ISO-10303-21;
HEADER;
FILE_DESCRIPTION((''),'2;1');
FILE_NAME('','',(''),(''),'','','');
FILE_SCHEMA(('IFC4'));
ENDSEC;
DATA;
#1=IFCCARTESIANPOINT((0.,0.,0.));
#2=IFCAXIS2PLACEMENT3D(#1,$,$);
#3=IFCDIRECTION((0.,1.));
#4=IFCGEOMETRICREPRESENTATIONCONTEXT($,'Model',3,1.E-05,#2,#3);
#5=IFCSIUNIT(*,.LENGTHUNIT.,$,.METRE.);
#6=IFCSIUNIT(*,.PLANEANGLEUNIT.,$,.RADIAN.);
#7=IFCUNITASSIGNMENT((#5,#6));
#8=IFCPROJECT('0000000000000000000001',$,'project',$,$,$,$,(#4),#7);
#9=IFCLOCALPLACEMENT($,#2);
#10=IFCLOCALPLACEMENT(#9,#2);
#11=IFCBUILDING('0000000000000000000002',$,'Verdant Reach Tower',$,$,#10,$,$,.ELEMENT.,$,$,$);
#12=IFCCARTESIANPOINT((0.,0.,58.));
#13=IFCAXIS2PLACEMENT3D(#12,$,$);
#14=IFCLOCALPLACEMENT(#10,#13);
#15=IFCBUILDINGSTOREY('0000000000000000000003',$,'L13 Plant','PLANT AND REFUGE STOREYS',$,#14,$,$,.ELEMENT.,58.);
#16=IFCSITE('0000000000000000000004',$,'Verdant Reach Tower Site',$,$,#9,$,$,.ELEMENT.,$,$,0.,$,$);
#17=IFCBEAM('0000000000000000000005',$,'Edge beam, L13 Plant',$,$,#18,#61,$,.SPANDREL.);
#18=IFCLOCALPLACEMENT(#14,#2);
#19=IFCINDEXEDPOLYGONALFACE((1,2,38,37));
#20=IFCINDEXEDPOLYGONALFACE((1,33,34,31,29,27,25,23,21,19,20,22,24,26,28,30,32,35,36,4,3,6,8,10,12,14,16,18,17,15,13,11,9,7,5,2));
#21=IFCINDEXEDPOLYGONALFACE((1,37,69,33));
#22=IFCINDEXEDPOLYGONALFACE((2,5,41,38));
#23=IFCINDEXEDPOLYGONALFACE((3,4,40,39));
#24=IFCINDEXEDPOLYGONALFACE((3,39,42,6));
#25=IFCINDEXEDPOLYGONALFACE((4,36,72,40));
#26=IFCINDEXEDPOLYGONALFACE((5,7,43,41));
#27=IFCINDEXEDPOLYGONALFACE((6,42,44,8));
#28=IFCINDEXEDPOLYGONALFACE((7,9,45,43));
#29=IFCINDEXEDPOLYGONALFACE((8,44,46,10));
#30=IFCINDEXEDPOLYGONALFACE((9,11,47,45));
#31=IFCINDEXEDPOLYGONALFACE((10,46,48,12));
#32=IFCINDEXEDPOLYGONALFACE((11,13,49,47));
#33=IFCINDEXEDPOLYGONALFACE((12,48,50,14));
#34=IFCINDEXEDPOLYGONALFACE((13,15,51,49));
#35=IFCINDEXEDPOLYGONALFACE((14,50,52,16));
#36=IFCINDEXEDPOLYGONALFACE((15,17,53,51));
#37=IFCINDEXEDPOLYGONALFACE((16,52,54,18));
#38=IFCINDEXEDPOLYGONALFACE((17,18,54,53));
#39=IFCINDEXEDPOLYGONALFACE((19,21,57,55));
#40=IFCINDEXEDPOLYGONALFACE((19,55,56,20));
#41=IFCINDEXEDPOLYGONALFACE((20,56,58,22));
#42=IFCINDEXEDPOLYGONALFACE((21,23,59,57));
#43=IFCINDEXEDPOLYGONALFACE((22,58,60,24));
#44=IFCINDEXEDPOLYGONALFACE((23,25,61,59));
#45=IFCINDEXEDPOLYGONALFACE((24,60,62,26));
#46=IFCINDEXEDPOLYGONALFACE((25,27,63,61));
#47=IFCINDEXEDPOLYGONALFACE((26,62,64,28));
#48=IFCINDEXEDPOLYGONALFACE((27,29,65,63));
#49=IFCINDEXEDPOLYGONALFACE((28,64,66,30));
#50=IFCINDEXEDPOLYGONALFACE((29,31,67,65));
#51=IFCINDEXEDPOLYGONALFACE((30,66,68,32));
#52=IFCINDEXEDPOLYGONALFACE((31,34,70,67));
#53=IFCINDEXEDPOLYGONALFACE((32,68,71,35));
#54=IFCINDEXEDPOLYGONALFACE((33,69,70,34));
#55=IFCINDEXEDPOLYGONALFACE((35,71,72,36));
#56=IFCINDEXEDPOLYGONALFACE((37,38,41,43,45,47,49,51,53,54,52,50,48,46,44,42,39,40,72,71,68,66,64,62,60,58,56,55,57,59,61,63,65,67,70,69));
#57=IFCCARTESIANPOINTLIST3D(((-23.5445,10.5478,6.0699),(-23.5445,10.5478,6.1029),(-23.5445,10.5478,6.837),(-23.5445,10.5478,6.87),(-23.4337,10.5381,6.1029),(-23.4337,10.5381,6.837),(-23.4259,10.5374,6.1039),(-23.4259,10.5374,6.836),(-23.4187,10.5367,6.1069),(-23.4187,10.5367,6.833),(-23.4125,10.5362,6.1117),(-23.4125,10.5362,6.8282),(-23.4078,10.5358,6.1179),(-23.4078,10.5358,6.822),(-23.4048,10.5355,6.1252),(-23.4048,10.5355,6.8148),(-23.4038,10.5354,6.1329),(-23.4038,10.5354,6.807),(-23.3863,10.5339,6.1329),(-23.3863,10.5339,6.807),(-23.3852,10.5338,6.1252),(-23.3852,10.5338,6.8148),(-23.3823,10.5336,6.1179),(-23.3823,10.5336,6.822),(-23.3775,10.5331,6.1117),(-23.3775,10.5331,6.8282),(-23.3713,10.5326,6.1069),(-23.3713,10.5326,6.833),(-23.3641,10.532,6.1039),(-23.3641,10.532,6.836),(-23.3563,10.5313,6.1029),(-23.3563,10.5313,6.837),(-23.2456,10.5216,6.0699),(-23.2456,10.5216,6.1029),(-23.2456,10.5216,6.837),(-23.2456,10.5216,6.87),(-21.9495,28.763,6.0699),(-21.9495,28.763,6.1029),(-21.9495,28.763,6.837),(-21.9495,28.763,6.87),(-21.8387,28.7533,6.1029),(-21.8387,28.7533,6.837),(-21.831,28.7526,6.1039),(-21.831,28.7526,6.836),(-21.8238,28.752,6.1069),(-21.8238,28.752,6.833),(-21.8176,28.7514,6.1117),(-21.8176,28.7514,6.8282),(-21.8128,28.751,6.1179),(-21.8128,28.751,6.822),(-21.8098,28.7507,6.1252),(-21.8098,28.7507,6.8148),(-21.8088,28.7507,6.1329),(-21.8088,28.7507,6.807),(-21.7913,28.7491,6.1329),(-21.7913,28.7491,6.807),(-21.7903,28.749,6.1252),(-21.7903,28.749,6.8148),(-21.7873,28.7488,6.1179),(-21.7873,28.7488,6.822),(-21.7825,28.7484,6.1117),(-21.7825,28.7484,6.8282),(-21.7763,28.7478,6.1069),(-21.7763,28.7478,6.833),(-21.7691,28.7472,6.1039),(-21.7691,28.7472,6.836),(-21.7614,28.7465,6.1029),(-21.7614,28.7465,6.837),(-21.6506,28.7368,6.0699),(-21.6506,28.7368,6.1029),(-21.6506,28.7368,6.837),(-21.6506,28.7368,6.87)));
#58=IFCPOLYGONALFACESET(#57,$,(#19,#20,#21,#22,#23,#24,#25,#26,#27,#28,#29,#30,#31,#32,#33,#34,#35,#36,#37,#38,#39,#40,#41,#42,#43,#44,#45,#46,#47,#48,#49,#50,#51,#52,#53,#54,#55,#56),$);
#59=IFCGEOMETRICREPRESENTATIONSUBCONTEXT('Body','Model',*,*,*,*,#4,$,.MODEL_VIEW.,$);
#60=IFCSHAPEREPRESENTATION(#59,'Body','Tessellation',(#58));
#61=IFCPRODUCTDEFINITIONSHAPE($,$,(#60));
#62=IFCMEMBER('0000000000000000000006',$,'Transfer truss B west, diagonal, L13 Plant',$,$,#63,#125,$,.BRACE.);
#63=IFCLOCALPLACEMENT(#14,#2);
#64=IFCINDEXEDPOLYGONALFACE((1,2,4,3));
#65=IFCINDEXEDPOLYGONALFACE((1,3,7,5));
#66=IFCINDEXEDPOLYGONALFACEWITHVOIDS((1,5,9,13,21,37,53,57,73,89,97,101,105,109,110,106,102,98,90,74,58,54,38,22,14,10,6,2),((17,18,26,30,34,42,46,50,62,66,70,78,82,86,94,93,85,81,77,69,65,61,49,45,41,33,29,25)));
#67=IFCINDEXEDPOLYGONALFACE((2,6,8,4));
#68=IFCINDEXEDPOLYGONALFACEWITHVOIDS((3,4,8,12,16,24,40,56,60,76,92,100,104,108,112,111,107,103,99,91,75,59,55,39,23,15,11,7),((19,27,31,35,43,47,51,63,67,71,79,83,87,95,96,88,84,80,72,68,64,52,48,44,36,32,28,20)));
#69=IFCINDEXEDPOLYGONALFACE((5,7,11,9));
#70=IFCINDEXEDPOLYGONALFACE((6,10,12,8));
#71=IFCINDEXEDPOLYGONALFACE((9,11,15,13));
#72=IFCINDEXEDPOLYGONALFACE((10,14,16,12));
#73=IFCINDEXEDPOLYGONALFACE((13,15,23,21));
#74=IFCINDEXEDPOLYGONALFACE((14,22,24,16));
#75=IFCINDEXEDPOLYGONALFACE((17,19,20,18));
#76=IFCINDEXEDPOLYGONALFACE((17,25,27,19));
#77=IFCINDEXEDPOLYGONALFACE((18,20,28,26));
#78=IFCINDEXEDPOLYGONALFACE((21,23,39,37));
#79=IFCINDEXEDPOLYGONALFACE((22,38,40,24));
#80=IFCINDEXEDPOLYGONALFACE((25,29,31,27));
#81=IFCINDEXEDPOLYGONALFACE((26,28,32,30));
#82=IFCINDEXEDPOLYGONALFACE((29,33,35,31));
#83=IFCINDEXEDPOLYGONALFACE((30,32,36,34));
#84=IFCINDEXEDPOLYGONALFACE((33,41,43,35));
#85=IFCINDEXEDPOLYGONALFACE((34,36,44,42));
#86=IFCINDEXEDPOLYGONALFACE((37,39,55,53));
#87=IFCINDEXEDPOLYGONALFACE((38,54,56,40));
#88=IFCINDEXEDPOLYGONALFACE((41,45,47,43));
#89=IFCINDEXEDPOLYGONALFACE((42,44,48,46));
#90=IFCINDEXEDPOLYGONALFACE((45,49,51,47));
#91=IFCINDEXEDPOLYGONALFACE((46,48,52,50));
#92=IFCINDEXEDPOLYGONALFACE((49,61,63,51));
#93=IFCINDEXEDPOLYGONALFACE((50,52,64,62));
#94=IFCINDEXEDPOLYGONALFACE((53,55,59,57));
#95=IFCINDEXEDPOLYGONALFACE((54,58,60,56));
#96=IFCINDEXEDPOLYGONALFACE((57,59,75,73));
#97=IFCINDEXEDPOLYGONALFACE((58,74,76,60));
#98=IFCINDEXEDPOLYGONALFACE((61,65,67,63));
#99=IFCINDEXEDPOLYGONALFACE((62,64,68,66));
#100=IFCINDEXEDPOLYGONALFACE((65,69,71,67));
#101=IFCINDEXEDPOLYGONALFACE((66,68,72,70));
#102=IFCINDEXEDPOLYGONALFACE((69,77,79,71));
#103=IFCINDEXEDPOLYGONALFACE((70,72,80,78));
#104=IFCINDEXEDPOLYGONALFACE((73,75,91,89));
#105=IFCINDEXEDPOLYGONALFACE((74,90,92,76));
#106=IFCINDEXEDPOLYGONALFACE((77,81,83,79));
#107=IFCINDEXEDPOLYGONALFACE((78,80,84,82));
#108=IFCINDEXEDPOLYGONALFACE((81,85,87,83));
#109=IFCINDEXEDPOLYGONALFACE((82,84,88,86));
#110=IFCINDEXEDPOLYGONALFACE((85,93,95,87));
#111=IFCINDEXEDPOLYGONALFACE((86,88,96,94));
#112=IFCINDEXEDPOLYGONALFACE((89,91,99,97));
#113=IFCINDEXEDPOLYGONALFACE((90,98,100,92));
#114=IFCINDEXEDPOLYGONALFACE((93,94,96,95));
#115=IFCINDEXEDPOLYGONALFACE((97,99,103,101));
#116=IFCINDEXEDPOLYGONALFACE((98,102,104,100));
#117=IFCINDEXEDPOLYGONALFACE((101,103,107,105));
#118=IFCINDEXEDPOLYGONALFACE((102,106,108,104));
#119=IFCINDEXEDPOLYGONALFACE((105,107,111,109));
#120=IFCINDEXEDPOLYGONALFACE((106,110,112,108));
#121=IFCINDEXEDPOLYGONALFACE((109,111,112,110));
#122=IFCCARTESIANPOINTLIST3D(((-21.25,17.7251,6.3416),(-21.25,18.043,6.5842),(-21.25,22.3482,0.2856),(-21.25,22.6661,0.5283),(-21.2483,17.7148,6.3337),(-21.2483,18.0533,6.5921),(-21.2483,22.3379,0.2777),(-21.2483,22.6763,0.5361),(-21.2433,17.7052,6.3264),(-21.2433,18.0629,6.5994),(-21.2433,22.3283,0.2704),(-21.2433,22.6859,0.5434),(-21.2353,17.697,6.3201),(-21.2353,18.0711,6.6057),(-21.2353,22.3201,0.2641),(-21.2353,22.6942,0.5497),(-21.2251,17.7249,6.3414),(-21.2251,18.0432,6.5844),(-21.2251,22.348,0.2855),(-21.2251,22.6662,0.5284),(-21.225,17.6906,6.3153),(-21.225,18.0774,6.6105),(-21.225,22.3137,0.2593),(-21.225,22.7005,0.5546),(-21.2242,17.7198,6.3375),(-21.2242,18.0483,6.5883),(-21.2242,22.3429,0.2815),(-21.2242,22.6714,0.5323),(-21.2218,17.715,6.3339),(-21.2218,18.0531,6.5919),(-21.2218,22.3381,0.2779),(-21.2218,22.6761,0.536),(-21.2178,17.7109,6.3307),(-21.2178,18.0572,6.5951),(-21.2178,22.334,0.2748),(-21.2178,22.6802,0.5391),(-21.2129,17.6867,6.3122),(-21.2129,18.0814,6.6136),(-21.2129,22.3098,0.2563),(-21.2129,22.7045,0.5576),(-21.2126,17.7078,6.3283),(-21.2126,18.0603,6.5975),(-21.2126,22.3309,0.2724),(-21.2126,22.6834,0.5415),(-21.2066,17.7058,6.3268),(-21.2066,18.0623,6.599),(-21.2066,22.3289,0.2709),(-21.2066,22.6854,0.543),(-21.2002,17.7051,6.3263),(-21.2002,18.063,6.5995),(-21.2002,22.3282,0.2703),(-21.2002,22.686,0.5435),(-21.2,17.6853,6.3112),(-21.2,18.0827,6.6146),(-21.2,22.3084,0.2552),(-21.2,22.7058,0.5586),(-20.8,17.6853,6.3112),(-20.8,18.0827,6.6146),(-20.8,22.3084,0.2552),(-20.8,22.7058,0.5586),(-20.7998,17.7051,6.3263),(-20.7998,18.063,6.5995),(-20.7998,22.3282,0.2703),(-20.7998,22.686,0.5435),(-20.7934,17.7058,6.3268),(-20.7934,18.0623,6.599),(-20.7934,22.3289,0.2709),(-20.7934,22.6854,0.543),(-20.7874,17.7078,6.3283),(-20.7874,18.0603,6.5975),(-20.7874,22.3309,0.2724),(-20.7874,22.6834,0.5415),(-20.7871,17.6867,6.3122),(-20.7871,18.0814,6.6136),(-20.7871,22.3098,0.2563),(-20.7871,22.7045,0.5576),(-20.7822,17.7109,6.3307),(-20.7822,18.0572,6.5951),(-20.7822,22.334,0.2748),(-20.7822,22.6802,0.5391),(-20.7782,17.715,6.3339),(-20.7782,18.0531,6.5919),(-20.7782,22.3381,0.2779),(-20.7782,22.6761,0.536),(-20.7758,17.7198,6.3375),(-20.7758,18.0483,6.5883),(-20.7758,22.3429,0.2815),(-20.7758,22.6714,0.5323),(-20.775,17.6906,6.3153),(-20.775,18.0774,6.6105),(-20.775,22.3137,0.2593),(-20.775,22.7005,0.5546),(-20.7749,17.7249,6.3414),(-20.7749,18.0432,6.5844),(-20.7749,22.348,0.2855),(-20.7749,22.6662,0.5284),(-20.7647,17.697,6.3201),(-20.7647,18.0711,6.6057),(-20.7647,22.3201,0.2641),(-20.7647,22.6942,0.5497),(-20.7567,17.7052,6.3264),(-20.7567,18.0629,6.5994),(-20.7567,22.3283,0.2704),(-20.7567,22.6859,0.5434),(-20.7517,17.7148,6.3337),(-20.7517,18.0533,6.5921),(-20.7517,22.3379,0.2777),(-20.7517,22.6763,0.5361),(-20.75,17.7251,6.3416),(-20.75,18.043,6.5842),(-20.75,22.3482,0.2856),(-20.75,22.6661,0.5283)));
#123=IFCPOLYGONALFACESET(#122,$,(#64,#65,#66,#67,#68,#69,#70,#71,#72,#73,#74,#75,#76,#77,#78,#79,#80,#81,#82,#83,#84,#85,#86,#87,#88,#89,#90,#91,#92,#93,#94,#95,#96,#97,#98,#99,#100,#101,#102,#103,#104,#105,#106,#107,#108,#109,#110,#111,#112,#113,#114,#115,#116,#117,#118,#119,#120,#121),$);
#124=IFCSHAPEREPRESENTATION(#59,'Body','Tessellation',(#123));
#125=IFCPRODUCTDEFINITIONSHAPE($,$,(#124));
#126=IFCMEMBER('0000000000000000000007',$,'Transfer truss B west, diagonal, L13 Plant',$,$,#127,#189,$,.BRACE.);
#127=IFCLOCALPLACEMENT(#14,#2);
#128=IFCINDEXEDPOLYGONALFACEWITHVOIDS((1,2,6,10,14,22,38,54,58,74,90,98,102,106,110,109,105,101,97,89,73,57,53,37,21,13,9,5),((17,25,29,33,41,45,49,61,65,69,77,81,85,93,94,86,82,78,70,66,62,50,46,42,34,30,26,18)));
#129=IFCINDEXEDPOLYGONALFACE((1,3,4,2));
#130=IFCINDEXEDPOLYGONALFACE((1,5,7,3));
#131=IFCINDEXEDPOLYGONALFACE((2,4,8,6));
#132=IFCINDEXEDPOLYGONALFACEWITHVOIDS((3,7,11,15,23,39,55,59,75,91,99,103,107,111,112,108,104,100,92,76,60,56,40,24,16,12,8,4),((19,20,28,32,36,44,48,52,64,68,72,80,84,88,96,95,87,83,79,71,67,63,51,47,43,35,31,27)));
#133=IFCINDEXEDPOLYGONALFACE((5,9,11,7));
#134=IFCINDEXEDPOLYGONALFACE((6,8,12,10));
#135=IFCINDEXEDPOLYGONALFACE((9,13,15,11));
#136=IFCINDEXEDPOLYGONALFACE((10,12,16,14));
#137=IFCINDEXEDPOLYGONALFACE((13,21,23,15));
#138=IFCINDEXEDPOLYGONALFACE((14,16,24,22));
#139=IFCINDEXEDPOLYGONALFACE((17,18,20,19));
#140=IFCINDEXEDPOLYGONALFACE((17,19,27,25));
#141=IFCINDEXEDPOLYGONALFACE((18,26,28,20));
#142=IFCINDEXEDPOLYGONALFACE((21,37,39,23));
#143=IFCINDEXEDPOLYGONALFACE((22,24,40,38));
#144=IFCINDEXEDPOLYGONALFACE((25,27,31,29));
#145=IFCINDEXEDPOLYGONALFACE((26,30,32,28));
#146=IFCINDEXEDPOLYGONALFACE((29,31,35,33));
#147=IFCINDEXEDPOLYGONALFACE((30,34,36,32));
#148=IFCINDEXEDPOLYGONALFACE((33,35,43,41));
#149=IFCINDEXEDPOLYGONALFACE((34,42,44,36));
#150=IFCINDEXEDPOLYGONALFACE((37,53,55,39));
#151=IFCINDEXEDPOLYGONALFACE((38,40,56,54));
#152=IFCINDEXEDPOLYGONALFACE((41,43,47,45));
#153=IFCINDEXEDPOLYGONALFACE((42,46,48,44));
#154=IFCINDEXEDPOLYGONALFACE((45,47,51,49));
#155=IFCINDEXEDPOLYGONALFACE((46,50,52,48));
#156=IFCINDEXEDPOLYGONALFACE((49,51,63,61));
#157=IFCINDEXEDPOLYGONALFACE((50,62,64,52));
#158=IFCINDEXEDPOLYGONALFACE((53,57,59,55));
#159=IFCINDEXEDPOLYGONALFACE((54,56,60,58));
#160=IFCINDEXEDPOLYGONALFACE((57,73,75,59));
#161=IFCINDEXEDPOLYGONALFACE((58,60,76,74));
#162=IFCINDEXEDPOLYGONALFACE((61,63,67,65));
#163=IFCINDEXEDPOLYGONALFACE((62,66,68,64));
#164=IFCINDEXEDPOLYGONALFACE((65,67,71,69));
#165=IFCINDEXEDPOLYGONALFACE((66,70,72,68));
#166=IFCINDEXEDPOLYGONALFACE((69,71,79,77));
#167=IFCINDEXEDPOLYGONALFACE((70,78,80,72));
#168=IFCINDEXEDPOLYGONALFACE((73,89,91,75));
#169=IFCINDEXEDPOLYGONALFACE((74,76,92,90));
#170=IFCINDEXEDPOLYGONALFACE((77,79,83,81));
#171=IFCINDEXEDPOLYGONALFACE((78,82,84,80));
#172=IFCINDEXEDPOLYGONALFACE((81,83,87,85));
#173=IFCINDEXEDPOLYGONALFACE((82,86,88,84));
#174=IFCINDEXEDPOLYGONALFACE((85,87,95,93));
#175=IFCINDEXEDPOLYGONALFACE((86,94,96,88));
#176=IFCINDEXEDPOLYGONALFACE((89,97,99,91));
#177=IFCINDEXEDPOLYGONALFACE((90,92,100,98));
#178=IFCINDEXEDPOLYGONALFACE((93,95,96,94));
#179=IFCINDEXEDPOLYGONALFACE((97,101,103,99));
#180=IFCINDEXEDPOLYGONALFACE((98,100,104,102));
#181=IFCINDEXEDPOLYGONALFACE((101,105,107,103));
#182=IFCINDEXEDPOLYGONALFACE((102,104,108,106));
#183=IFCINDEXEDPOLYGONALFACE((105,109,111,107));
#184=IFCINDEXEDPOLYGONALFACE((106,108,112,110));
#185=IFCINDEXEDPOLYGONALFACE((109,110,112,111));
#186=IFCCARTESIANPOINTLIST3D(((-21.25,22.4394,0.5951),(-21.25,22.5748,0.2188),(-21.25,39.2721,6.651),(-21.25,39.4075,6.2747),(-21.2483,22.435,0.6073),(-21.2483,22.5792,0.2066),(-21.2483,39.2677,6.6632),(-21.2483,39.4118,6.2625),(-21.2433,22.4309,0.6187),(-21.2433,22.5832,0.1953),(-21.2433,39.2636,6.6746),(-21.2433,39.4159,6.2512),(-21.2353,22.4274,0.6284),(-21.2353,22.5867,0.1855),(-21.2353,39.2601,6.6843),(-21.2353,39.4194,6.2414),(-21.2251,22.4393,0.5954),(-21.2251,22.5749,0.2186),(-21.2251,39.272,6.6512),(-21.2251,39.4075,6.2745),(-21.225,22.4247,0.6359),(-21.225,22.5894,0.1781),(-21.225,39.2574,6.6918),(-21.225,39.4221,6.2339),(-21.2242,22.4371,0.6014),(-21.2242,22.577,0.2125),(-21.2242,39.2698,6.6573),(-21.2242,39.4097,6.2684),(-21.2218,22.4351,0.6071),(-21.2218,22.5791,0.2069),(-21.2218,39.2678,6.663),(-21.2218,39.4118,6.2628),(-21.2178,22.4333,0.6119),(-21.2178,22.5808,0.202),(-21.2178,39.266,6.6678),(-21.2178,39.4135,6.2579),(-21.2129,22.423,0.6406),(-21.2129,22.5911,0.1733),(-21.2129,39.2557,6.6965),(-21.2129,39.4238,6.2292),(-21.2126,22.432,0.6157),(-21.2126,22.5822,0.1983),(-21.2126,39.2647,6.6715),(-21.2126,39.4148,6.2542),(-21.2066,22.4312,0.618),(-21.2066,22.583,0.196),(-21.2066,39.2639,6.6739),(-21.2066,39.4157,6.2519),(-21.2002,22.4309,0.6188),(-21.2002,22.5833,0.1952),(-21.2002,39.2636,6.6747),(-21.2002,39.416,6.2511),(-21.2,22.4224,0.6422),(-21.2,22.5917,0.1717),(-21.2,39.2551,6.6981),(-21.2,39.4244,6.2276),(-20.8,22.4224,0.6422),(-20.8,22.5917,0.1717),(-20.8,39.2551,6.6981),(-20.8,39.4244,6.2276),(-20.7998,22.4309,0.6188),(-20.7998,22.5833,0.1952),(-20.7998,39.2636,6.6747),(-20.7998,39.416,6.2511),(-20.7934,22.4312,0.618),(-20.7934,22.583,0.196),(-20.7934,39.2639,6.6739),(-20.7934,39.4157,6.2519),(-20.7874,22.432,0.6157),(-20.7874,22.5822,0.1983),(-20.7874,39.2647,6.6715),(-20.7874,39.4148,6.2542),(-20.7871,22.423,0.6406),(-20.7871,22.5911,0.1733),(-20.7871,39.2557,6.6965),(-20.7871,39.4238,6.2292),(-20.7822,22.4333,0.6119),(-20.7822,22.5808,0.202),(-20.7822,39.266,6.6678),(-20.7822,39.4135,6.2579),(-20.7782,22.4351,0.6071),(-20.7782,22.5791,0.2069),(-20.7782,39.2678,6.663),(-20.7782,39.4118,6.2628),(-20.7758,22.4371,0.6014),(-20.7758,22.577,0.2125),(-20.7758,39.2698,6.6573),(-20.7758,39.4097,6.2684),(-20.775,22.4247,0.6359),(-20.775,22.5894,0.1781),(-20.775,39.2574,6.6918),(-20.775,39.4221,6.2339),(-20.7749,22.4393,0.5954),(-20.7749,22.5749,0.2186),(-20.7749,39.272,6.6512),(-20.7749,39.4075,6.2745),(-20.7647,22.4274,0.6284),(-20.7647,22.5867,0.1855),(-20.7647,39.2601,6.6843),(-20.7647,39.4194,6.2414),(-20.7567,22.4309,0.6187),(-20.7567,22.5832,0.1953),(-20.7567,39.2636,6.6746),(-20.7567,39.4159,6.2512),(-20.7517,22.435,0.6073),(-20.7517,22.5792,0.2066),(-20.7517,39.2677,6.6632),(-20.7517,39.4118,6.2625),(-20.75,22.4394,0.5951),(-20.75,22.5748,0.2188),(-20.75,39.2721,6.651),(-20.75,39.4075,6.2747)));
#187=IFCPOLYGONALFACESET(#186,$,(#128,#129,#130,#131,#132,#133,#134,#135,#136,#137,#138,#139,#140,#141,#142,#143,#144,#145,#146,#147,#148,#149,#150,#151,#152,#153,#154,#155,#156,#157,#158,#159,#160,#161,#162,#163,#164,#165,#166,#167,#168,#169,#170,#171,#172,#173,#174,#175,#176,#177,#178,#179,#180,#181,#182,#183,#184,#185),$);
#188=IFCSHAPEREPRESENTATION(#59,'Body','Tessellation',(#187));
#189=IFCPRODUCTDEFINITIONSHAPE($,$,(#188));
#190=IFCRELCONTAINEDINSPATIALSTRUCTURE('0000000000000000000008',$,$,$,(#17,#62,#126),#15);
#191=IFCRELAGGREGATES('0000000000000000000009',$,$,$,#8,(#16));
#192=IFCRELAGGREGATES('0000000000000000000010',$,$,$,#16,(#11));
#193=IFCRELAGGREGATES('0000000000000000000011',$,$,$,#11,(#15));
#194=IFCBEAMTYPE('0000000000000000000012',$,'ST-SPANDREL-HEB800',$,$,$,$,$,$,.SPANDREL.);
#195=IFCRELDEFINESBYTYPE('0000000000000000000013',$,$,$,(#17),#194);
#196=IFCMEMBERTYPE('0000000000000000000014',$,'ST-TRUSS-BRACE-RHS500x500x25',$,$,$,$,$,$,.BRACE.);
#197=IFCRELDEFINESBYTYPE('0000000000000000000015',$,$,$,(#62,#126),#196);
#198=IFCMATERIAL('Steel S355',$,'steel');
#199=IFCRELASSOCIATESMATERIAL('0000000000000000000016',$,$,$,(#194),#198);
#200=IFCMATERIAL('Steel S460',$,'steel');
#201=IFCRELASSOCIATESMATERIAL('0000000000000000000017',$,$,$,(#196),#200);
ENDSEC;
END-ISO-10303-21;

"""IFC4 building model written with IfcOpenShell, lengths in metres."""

from ifc_helpers import new_model, si_unit, direction, frame, origin, origin_2d, place, context, subcontext, project, spatial, hollow_rectangle, i_section, extrude, material, material_profile, profile_set, type_object, element, save


model = new_model("IFC4")

# Units and contexts
model_context = context("Model", 3, precision=1e-05, world=origin(), true_north=direction((0.0, 1.0)))
body_context = subcontext(model_context, "Body", "Model", "MODEL_VIEW")
ifc_project = project(units=[si_unit("LENGTHUNIT", "METRE"), si_unit("PLANEANGLEUNIT", "RADIAN")], contexts=[model_context])

# Site, building, storey
site_placement = place(None, origin())
site = spatial("IfcSite", under=ifc_project, at=site_placement, Name="Verdant Reach Tower Site", CompositionType="ELEMENT", RefElevation=0.0)
building_placement = place(site_placement, origin())
building = spatial("IfcBuilding", under=site, at=building_placement, Name="Verdant Reach Tower", CompositionType="ELEMENT")
storey_placement = place(building_placement, frame((0.0, 0.0, 58.0)))
storey = spatial("IfcBuildingStorey", under=building, at=storey_placement, Name="L13 Plant", Description="PLANT AND REFUGE STOREYS", CompositionType="ELEMENT", Elevation=58.0)

# Shared definitions
ifc_material_1 = material(Name="Steel S460", Category="steel")

# Beam
ifc_material_2 = material(Name="Steel S355", Category="steel")
ifc_material_profile_1 = material_profile(ifc_material_2, i_section(OverallWidth=0.3, OverallDepth=0.8, WebThickness=0.0176, FlangeThickness=0.033, FilletRadius=0.03, at=origin_2d()), Name="HEB 800")
ifc_profile_set_1 = profile_set([ifc_material_profile_1], Name="Steel S355")
beam_type_1 = type_object("IfcBeamType", Name="ST-SPANDREL-HEB800", PredefinedType="SPANDREL", material=ifc_profile_set_1)
beam_1_placement = place(storey_placement, frame((-23.395, 10.5347, 6.47), z_axis=(0.087228, 0.996188, 0.0), x_axis=(-0.996188, 0.087228, 0.0)))
element("IfcBeam", 1, at=beam_1_placement, inside=storey, type_object=beam_type_1, Name="Edge beam, L13 Plant", PredefinedType="SPANDREL", context=body_context, shape_type="SweptSolid", body=[
    extrude(i_section(OverallWidth=0.3, OverallDepth=0.8, WebThickness=0.0176, FlangeThickness=0.033, FilletRadius=0.03, at=origin_2d()), origin(), (0.0, 0.0, 1.0), 18.2849),
])

# Members
ifc_material_profile_2 = material_profile(ifc_material_1, hollow_rectangle(XDim=0.5, YDim=0.5, WallThickness=0.0249, InnerFilletRadius=0.0249, OuterFilletRadius=0.05, at=origin_2d()), Name="RHS 500x500x25")
ifc_profile_set_2 = profile_set([ifc_material_profile_2], Name="Steel S460")
member_type_1 = type_object("IfcMemberType", Name="ST-TRUSS-BRACE-RHS500x500x25", PredefinedType="BRACE", material=ifc_profile_set_2)
member_1_placement = place(storey_placement, frame((-21.0, 17.884, 6.4629), z_axis=(0.0, 0.606792, -0.794861), x_axis=(-1.0, 0.0, 0.0)))
element("IfcMember", 2, at=member_1_placement, inside=storey, type_object=member_type_1, Name="Transfer truss B west, diagonal, L13 Plant", PredefinedType="BRACE", context=body_context, shape_type="SweptSolid", body=[
    extrude(hollow_rectangle(XDim=0.5, YDim=0.5, WallThickness=0.0249, InnerFilletRadius=0.0249, OuterFilletRadius=0.05, at=origin_2d()), origin(), (0.0, 0.0, 1.0), 7.6189),
])
member_2_placement = place(storey_placement, frame((-21.0, 22.5071, 0.407), z_axis=(0.0, 0.940957, 0.338527), x_axis=(-1.0, 0.0, 0.0)))
element("IfcMember", 3, at=member_2_placement, inside=storey, type_object=member_type_1, Name="Transfer truss B west, diagonal, L13 Plant", PredefinedType="BRACE", context=body_context, shape_type="SweptSolid", body=[
    extrude(hollow_rectangle(XDim=0.5, YDim=0.5, WallThickness=0.0249, InnerFilletRadius=0.0249, OuterFilletRadius=0.05, at=origin_2d()), origin(), (0.0, 0.0, 1.0), 17.8889),
])

save(model, "model.ifc")
